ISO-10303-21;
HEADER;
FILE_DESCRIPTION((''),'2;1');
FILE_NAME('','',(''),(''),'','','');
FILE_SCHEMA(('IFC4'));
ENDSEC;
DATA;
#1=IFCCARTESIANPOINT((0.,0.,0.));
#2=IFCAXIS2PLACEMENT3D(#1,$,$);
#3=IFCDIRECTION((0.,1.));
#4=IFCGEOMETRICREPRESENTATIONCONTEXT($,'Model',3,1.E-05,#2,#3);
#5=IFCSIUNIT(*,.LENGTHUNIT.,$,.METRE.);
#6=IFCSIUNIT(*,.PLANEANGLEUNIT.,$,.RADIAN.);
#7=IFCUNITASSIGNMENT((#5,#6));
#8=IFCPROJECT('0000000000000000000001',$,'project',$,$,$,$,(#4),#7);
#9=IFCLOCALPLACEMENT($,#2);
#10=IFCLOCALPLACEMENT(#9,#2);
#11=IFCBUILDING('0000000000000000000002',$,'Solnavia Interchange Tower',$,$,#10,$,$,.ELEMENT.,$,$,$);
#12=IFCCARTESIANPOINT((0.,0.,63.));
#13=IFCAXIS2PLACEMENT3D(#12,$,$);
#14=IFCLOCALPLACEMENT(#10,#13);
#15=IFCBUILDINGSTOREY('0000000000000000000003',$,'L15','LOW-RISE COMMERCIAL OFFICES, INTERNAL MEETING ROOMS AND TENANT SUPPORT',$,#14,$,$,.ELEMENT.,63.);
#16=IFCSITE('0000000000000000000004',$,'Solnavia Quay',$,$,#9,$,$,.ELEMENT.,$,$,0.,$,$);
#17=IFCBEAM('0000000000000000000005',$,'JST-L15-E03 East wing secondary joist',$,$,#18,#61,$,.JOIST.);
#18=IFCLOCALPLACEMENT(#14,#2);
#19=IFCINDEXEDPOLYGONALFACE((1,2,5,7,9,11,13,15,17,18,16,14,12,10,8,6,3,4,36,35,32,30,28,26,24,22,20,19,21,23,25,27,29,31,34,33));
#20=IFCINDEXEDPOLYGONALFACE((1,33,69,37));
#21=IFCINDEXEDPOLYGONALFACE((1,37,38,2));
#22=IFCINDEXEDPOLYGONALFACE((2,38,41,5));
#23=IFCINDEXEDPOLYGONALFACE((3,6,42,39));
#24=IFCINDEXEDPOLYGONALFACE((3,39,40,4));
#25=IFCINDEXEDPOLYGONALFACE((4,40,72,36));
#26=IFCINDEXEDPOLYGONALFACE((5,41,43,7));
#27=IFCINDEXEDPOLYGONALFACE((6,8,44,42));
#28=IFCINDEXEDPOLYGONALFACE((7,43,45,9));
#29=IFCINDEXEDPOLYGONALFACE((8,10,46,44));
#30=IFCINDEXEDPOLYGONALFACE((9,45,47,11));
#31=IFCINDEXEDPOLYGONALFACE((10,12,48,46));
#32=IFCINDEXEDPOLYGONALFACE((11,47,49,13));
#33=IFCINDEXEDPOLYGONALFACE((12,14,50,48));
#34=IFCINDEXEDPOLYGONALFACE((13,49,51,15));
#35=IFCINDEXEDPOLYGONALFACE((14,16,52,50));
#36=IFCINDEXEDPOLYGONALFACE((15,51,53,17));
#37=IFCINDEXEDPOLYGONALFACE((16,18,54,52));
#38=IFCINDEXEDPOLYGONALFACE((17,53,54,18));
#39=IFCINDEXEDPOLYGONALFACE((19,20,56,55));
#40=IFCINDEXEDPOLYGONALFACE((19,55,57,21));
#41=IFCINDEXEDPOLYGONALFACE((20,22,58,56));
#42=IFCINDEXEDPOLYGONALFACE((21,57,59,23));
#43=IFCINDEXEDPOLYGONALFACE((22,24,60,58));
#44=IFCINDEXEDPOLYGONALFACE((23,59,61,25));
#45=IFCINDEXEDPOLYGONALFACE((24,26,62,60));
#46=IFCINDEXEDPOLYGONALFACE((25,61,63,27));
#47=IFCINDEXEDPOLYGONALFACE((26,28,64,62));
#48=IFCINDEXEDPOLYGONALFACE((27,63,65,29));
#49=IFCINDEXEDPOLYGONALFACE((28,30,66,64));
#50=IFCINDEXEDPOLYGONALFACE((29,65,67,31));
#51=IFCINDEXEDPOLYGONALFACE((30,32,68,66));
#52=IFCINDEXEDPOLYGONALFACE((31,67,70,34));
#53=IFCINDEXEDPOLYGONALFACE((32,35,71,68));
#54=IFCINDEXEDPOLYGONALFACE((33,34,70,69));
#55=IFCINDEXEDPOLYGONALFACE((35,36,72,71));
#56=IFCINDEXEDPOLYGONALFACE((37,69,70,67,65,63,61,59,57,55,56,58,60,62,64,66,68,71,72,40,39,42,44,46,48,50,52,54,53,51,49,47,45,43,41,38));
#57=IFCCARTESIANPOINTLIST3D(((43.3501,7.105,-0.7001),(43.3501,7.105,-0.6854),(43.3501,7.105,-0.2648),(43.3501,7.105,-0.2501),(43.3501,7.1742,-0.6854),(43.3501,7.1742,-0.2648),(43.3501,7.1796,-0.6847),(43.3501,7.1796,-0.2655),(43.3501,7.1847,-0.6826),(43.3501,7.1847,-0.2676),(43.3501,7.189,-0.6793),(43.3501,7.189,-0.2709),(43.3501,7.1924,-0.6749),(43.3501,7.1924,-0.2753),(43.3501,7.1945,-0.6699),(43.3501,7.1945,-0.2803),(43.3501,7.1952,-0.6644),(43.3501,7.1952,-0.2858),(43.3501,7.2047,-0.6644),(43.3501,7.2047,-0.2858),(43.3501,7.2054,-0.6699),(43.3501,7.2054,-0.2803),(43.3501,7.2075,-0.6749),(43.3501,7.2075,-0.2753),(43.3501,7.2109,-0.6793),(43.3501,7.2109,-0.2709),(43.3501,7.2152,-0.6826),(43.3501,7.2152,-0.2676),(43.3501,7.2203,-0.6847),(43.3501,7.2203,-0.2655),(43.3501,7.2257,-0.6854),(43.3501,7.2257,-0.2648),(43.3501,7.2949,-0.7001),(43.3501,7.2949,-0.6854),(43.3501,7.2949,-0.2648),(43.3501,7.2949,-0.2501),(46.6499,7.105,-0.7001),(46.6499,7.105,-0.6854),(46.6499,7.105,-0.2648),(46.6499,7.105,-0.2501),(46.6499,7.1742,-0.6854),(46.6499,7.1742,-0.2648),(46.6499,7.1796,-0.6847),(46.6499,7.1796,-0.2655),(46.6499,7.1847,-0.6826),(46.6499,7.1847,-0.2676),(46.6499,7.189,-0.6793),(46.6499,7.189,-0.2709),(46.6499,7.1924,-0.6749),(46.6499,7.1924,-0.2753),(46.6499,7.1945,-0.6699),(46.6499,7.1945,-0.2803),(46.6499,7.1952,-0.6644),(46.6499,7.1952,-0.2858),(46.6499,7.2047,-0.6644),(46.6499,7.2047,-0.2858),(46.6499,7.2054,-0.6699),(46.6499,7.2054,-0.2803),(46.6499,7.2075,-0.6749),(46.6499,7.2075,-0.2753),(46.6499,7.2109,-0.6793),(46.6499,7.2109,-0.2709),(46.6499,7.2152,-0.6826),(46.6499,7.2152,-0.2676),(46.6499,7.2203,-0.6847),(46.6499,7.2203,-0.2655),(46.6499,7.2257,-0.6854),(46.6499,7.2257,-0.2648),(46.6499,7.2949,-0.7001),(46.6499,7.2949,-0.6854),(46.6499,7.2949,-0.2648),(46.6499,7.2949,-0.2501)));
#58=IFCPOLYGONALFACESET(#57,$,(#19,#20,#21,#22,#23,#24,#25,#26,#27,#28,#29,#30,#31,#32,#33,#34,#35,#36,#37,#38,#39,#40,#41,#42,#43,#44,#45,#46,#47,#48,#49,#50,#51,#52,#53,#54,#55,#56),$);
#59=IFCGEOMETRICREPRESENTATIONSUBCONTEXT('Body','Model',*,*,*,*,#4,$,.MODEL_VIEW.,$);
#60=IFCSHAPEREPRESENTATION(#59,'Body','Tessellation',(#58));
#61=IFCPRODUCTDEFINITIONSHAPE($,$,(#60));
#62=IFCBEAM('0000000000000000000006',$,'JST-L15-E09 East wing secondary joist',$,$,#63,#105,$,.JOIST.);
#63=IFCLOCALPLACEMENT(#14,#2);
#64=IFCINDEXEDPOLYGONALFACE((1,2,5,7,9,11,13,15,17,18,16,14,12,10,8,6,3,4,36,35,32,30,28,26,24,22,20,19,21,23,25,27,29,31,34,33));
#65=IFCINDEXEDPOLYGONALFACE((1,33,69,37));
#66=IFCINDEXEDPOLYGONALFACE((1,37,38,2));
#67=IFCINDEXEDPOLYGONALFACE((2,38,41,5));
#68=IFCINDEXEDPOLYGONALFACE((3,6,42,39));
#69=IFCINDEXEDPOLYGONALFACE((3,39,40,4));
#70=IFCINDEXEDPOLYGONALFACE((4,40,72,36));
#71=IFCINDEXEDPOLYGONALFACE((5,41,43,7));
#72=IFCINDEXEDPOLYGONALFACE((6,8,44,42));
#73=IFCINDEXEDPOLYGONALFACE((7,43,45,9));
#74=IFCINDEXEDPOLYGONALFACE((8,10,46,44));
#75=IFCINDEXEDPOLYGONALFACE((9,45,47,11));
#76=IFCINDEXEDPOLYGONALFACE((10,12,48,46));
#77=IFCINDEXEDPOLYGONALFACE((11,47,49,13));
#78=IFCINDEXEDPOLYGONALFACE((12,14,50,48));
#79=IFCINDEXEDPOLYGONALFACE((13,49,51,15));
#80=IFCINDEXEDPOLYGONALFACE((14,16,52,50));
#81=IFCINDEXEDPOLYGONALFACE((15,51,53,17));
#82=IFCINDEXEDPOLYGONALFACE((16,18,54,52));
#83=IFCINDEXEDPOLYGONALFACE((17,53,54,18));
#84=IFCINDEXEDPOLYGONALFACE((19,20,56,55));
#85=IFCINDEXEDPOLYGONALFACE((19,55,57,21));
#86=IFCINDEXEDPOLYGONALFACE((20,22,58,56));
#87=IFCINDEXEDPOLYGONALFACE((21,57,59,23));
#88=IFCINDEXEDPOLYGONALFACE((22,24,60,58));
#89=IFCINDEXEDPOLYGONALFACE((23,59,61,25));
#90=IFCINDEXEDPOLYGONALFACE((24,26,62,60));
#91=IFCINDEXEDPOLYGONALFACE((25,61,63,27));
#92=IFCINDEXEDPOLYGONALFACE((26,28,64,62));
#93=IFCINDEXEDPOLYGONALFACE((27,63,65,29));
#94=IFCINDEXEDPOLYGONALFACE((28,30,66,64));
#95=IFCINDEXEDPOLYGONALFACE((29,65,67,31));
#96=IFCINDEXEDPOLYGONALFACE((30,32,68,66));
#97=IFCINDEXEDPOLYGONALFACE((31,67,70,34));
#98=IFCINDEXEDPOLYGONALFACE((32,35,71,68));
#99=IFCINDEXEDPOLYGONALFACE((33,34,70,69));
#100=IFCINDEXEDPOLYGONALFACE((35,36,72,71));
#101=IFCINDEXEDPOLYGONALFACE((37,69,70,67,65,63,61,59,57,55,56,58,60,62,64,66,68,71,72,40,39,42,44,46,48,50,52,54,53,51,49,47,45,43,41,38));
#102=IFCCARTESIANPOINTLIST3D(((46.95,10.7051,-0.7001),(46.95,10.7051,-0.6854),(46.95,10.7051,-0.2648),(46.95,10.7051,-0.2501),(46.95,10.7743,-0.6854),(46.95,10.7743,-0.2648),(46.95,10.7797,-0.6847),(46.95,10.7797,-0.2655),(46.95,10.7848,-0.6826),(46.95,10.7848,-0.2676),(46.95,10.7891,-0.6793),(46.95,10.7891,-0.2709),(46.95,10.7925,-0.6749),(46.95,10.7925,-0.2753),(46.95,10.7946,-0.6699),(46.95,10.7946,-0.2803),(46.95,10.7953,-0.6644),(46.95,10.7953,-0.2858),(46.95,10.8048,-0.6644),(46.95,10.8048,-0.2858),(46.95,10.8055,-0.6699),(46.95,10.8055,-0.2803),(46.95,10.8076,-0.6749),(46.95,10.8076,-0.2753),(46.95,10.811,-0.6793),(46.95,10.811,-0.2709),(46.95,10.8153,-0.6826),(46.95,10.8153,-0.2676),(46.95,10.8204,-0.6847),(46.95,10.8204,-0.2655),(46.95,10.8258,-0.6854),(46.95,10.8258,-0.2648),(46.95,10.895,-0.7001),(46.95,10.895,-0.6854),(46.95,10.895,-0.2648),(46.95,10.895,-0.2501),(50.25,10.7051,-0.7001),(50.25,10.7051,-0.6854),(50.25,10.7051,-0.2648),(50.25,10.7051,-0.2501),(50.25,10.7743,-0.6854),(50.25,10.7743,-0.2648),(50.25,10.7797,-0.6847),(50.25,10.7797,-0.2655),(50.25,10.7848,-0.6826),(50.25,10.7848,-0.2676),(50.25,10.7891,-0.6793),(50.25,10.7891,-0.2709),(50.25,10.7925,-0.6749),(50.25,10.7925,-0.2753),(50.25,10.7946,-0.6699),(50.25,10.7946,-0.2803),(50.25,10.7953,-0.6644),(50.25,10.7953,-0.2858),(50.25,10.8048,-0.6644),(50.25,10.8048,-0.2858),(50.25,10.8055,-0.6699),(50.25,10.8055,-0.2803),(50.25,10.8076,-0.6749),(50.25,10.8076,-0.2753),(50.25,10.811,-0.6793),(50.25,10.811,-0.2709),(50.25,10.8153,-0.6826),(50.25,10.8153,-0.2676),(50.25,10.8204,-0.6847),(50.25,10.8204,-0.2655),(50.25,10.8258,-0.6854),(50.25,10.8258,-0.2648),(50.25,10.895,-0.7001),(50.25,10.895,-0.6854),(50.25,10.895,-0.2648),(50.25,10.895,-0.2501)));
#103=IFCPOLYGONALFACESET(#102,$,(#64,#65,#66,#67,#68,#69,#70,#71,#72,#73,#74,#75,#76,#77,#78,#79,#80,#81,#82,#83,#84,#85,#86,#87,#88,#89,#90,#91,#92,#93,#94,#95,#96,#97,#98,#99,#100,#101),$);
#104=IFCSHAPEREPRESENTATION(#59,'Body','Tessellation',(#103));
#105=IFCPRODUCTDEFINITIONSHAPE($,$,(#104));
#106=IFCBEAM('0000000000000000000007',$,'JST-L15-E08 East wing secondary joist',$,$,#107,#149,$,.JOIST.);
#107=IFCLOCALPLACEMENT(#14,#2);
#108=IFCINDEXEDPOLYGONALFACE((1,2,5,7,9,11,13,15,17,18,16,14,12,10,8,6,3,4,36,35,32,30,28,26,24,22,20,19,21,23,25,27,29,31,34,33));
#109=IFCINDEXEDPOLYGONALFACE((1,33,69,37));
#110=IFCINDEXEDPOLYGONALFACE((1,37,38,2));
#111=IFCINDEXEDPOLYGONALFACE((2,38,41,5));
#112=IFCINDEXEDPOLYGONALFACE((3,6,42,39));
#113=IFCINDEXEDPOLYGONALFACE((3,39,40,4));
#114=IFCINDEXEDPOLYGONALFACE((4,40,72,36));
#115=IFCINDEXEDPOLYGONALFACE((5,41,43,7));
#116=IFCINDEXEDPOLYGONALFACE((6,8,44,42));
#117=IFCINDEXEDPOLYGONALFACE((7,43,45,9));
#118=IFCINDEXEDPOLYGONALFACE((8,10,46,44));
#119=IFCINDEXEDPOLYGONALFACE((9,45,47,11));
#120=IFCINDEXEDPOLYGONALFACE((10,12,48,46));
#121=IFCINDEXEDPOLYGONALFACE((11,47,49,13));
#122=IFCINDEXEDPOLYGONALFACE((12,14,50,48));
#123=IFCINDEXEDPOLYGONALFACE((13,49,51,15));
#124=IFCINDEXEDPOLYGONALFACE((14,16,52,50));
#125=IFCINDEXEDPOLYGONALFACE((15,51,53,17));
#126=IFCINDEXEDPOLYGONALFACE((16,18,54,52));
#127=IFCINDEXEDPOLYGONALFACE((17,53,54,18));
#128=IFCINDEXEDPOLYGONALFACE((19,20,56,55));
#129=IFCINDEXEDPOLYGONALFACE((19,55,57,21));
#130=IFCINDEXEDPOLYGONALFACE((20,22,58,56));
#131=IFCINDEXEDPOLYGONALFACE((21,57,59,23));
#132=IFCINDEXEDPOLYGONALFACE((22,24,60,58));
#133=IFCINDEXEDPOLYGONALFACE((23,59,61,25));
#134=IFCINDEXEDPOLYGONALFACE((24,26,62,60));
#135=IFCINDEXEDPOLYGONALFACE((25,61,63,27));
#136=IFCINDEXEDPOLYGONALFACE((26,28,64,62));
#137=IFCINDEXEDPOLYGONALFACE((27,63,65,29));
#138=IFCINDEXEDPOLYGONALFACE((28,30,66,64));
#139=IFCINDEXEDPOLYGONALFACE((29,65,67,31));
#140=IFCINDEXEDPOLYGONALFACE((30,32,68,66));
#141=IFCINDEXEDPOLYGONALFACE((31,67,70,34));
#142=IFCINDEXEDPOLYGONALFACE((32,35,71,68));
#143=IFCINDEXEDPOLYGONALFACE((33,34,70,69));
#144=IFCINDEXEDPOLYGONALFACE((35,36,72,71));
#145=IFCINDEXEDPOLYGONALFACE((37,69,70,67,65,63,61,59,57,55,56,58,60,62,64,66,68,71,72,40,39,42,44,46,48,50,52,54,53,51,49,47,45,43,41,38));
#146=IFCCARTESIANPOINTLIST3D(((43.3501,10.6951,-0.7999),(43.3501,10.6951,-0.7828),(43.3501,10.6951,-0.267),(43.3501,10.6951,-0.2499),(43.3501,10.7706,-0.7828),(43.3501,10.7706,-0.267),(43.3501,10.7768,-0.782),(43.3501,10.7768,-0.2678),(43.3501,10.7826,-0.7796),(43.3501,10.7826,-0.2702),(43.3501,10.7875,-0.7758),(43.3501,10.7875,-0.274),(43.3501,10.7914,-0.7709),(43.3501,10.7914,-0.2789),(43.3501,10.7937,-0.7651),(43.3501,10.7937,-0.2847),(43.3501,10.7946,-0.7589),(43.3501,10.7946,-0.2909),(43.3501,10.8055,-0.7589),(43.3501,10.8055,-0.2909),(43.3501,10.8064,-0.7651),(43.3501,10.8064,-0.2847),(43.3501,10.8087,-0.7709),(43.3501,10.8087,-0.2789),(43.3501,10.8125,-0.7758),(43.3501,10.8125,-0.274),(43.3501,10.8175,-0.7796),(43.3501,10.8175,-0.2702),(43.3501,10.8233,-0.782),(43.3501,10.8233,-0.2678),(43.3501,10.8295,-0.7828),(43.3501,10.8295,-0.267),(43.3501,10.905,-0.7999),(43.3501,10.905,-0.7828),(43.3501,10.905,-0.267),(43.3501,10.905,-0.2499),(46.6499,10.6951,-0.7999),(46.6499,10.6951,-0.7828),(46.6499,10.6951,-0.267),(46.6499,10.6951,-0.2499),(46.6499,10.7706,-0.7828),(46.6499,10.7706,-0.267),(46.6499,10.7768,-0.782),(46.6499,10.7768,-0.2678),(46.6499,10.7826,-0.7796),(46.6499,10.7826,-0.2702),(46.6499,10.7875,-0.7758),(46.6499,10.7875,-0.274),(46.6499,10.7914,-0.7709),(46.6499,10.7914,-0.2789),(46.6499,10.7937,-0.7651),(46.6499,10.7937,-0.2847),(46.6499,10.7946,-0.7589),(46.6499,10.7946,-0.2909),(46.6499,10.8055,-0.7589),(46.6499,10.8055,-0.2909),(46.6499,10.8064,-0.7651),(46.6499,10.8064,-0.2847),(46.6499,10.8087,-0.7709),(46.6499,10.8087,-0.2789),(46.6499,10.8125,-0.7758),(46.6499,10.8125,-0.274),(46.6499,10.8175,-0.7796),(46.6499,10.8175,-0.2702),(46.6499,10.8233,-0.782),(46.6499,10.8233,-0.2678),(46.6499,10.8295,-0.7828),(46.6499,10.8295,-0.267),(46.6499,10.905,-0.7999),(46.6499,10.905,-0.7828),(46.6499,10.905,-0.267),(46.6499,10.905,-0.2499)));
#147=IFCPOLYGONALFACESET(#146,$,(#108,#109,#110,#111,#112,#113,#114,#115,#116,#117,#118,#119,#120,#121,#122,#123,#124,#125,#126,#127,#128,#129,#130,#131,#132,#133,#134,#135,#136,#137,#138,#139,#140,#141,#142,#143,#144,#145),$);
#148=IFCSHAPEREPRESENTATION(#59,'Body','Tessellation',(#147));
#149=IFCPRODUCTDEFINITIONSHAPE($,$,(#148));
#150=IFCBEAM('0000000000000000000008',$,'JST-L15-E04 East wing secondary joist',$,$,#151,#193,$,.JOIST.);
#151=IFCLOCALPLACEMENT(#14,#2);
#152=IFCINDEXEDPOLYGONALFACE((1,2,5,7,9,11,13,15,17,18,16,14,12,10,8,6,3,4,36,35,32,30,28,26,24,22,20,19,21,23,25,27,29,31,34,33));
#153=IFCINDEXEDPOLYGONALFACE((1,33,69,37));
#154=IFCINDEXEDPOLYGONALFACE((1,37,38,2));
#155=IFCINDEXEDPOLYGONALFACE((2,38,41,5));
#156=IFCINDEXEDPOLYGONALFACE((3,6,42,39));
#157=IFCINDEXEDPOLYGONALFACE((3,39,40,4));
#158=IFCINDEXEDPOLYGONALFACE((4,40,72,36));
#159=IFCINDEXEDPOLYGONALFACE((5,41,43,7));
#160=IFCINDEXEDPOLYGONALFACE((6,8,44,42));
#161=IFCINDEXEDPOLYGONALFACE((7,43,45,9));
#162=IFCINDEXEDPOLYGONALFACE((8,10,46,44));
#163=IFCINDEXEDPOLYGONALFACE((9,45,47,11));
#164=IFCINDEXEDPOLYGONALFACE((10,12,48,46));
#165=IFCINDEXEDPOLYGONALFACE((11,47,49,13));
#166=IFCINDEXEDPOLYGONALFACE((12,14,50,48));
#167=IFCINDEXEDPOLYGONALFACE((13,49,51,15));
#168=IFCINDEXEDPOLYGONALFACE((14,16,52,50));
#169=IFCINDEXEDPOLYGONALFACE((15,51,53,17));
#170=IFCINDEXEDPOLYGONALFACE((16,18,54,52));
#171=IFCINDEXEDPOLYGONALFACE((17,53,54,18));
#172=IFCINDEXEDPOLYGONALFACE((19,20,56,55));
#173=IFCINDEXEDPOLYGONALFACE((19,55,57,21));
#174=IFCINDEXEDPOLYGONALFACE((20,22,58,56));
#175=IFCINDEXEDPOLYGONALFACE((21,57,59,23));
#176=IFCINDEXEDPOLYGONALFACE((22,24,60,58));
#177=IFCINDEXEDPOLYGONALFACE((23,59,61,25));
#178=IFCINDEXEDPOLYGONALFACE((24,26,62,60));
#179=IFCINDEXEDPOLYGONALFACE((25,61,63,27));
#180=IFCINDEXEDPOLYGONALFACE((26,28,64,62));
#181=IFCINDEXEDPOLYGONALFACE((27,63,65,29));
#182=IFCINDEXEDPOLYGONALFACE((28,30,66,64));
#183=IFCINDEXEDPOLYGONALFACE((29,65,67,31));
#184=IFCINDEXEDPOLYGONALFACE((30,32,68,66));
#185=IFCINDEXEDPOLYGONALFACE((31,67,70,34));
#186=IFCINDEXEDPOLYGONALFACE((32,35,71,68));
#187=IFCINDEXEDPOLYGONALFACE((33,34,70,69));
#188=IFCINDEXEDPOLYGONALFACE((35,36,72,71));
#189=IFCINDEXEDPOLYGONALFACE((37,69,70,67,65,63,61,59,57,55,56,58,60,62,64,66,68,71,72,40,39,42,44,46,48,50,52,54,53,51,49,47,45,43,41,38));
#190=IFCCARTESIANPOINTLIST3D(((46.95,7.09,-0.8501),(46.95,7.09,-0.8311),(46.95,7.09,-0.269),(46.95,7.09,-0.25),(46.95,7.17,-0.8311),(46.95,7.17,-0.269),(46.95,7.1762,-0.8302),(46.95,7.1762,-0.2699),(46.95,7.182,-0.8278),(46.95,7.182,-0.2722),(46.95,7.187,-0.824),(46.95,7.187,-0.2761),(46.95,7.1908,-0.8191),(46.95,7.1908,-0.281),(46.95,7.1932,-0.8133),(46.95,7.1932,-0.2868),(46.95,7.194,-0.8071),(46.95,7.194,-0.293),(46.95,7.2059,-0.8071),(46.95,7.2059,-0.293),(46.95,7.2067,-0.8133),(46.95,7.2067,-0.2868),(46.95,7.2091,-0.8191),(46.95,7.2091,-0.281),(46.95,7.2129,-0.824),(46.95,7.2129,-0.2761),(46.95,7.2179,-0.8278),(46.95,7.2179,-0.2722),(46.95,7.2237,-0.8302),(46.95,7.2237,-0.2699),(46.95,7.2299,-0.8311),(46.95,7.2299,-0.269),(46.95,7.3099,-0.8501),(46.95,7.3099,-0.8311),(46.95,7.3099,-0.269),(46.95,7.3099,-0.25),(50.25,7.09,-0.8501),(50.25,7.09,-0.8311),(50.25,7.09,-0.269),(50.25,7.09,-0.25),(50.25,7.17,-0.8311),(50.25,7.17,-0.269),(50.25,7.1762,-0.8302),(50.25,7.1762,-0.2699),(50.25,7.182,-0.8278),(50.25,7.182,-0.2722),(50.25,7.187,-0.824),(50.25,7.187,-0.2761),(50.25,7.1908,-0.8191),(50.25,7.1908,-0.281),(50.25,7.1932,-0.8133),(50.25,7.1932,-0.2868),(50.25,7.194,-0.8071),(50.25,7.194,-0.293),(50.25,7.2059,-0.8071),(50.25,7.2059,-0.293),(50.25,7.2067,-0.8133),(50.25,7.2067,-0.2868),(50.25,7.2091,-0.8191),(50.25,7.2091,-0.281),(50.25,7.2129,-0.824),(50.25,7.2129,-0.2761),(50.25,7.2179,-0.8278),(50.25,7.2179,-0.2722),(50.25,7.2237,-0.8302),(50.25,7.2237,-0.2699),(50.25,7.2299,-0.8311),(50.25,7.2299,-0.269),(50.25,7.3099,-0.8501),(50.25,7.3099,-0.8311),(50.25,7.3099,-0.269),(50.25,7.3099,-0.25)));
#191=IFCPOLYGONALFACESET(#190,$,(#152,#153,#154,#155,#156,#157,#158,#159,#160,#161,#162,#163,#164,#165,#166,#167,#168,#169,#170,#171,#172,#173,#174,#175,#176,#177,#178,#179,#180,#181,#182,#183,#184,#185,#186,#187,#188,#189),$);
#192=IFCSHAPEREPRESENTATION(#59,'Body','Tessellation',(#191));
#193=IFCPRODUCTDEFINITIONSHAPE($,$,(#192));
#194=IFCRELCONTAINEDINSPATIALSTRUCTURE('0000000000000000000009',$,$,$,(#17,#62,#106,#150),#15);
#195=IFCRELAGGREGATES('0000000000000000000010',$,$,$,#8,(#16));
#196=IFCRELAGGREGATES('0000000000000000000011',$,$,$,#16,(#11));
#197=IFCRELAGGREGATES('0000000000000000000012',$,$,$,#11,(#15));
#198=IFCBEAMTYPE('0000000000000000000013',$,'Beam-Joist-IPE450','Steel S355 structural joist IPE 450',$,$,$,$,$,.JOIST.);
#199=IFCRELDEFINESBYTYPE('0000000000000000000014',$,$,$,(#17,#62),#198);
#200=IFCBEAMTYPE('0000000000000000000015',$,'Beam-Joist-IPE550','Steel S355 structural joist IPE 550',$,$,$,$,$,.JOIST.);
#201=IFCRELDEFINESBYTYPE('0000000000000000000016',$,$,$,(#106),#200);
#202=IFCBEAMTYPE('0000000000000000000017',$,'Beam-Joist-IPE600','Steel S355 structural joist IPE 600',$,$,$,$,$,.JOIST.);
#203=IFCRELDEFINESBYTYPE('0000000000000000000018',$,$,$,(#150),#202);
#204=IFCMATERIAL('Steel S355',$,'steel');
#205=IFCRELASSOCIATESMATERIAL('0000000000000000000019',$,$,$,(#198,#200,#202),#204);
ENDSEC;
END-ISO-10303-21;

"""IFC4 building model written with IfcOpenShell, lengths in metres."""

from ifc_helpers import new_model, si_unit, direction, frame, origin, origin_2d, place, context, subcontext, project, spatial, i_section, extrude, material, material_profile, profile_set, type_object, element, save


model = new_model("IFC4")

# Units and contexts
model_context = context("Model", 3, precision=1e-05, world=origin(), true_north=direction((0.0, 1.0)))
body_context = subcontext(model_context, "Body", "Model", "MODEL_VIEW")
ifc_project = project(units=[si_unit("LENGTHUNIT", "METRE"), si_unit("PLANEANGLEUNIT", "RADIAN")], contexts=[model_context])

# Site, building, storey
site_placement = place(None, origin())
site = spatial("IfcSite", under=ifc_project, at=site_placement, Name="Solnavia Quay", CompositionType="ELEMENT", RefElevation=0.0)
building_placement = place(site_placement, origin())
building = spatial("IfcBuilding", under=site, at=building_placement, Name="Solnavia Interchange Tower", CompositionType="ELEMENT")
storey_placement = place(building_placement, frame((0.0, 0.0, 63.0)))
storey = spatial("IfcBuildingStorey", under=building, at=storey_placement, Name="L15", Description="LOW-RISE COMMERCIAL OFFICES, INTERNAL MEETING ROOMS AND TENANT SUPPORT", CompositionType="ELEMENT", Elevation=63.0)

# Shared definitions
ifc_material_1 = material(Name="Steel S355", Category="steel")

# Beams
ifc_material_profile_1 = material_profile(ifc_material_1, i_section(OverallWidth=0.1899, OverallDepth=0.45, WebThickness=0.0095, FlangeThickness=0.0146, FilletRadius=0.021, at=origin_2d()), Name="IPE 450")
ifc_profile_set_1 = profile_set([ifc_material_profile_1], Name="Steel S355")
beam_type_1 = type_object("IfcBeamType", Name="Beam-Joist-IPE450", Description="Steel S355 structural joist IPE 450", PredefinedType="JOIST", material=ifc_profile_set_1)
beam_1_placement = place(storey_placement, frame((43.3501, 7.2, -0.4751), z_axis=(1.0, 0.0, 0.0), x_axis=(0.0, 1.0, 0.0)))
element("IfcBeam", 1, at=beam_1_placement, inside=storey, type_object=beam_type_1, Name="JST-L15-E03 East wing secondary joist", PredefinedType="JOIST", context=body_context, shape_type="SweptSolid", body=[
    extrude(i_section(OverallWidth=0.1899, OverallDepth=0.45, WebThickness=0.0095, FlangeThickness=0.0146, FilletRadius=0.021, at=origin_2d()), origin(), (0.0, 0.0, 1.0), 3.2998),
])
beam_2_placement = place(storey_placement, frame((46.95, 10.8, -0.4751), z_axis=(1.0, 0.0, 0.0), x_axis=(0.0, 1.0, 0.0)))
element("IfcBeam", 2, at=beam_2_placement, inside=storey, type_object=beam_type_1, Name="JST-L15-E09 East wing secondary joist", PredefinedType="JOIST", context=body_context, shape_type="SweptSolid", body=[
    extrude(i_section(OverallWidth=0.1899, OverallDepth=0.45, WebThickness=0.0095, FlangeThickness=0.0146, FilletRadius=0.021, at=origin_2d()), origin(), (0.0, 0.0, 1.0), 3.3),
])
ifc_material_profile_2 = material_profile(ifc_material_1, i_section(OverallWidth=0.21, OverallDepth=0.55, WebThickness=0.011, FlangeThickness=0.0171, FilletRadius=0.0239, at=origin_2d()), Name="IPE 550")
ifc_profile_set_2 = profile_set([ifc_material_profile_2], Name="Steel S355")
beam_type_2 = type_object("IfcBeamType", Name="Beam-Joist-IPE550", Description="Steel S355 structural joist IPE 550", PredefinedType="JOIST", material=ifc_profile_set_2)
beam_3_placement = place(storey_placement, frame((43.3501, 10.8, -0.5249), z_axis=(1.0, 0.0, 0.0), x_axis=(0.0, 1.0, 0.0)))
element("IfcBeam", 3, at=beam_3_placement, inside=storey, type_object=beam_type_2, Name="JST-L15-E08 East wing secondary joist", PredefinedType="JOIST", context=body_context, shape_type="SweptSolid", body=[
    extrude(i_section(OverallWidth=0.21, OverallDepth=0.55, WebThickness=0.011, FlangeThickness=0.0171, FilletRadius=0.0239, at=origin_2d()), origin(), (0.0, 0.0, 1.0), 3.2998),
])
ifc_material_profile_3 = material_profile(ifc_material_1, i_section(OverallWidth=0.22, OverallDepth=0.6001, WebThickness=0.012, FlangeThickness=0.019, FilletRadius=0.0239, at=origin_2d()), Name="IPE 600")
ifc_profile_set_3 = profile_set([ifc_material_profile_3], Name="Steel S355")
beam_type_3 = type_object("IfcBeamType", Name="Beam-Joist-IPE600", Description="Steel S355 structural joist IPE 600", PredefinedType="JOIST", material=ifc_profile_set_3)
beam_4_placement = place(storey_placement, frame((46.95, 7.2, -0.55), z_axis=(1.0, 0.0, 0.0), x_axis=(0.0, 1.0, 0.0)))
element("IfcBeam", 4, at=beam_4_placement, inside=storey, type_object=beam_type_3, Name="JST-L15-E04 East wing secondary joist", PredefinedType="JOIST", context=body_context, shape_type="SweptSolid", body=[
    extrude(i_section(OverallWidth=0.22, OverallDepth=0.6001, WebThickness=0.012, FlangeThickness=0.019, FilletRadius=0.0239, at=origin_2d()), origin(), (0.0, 0.0, 1.0), 3.3),
])

save(model, "model.ifc")
